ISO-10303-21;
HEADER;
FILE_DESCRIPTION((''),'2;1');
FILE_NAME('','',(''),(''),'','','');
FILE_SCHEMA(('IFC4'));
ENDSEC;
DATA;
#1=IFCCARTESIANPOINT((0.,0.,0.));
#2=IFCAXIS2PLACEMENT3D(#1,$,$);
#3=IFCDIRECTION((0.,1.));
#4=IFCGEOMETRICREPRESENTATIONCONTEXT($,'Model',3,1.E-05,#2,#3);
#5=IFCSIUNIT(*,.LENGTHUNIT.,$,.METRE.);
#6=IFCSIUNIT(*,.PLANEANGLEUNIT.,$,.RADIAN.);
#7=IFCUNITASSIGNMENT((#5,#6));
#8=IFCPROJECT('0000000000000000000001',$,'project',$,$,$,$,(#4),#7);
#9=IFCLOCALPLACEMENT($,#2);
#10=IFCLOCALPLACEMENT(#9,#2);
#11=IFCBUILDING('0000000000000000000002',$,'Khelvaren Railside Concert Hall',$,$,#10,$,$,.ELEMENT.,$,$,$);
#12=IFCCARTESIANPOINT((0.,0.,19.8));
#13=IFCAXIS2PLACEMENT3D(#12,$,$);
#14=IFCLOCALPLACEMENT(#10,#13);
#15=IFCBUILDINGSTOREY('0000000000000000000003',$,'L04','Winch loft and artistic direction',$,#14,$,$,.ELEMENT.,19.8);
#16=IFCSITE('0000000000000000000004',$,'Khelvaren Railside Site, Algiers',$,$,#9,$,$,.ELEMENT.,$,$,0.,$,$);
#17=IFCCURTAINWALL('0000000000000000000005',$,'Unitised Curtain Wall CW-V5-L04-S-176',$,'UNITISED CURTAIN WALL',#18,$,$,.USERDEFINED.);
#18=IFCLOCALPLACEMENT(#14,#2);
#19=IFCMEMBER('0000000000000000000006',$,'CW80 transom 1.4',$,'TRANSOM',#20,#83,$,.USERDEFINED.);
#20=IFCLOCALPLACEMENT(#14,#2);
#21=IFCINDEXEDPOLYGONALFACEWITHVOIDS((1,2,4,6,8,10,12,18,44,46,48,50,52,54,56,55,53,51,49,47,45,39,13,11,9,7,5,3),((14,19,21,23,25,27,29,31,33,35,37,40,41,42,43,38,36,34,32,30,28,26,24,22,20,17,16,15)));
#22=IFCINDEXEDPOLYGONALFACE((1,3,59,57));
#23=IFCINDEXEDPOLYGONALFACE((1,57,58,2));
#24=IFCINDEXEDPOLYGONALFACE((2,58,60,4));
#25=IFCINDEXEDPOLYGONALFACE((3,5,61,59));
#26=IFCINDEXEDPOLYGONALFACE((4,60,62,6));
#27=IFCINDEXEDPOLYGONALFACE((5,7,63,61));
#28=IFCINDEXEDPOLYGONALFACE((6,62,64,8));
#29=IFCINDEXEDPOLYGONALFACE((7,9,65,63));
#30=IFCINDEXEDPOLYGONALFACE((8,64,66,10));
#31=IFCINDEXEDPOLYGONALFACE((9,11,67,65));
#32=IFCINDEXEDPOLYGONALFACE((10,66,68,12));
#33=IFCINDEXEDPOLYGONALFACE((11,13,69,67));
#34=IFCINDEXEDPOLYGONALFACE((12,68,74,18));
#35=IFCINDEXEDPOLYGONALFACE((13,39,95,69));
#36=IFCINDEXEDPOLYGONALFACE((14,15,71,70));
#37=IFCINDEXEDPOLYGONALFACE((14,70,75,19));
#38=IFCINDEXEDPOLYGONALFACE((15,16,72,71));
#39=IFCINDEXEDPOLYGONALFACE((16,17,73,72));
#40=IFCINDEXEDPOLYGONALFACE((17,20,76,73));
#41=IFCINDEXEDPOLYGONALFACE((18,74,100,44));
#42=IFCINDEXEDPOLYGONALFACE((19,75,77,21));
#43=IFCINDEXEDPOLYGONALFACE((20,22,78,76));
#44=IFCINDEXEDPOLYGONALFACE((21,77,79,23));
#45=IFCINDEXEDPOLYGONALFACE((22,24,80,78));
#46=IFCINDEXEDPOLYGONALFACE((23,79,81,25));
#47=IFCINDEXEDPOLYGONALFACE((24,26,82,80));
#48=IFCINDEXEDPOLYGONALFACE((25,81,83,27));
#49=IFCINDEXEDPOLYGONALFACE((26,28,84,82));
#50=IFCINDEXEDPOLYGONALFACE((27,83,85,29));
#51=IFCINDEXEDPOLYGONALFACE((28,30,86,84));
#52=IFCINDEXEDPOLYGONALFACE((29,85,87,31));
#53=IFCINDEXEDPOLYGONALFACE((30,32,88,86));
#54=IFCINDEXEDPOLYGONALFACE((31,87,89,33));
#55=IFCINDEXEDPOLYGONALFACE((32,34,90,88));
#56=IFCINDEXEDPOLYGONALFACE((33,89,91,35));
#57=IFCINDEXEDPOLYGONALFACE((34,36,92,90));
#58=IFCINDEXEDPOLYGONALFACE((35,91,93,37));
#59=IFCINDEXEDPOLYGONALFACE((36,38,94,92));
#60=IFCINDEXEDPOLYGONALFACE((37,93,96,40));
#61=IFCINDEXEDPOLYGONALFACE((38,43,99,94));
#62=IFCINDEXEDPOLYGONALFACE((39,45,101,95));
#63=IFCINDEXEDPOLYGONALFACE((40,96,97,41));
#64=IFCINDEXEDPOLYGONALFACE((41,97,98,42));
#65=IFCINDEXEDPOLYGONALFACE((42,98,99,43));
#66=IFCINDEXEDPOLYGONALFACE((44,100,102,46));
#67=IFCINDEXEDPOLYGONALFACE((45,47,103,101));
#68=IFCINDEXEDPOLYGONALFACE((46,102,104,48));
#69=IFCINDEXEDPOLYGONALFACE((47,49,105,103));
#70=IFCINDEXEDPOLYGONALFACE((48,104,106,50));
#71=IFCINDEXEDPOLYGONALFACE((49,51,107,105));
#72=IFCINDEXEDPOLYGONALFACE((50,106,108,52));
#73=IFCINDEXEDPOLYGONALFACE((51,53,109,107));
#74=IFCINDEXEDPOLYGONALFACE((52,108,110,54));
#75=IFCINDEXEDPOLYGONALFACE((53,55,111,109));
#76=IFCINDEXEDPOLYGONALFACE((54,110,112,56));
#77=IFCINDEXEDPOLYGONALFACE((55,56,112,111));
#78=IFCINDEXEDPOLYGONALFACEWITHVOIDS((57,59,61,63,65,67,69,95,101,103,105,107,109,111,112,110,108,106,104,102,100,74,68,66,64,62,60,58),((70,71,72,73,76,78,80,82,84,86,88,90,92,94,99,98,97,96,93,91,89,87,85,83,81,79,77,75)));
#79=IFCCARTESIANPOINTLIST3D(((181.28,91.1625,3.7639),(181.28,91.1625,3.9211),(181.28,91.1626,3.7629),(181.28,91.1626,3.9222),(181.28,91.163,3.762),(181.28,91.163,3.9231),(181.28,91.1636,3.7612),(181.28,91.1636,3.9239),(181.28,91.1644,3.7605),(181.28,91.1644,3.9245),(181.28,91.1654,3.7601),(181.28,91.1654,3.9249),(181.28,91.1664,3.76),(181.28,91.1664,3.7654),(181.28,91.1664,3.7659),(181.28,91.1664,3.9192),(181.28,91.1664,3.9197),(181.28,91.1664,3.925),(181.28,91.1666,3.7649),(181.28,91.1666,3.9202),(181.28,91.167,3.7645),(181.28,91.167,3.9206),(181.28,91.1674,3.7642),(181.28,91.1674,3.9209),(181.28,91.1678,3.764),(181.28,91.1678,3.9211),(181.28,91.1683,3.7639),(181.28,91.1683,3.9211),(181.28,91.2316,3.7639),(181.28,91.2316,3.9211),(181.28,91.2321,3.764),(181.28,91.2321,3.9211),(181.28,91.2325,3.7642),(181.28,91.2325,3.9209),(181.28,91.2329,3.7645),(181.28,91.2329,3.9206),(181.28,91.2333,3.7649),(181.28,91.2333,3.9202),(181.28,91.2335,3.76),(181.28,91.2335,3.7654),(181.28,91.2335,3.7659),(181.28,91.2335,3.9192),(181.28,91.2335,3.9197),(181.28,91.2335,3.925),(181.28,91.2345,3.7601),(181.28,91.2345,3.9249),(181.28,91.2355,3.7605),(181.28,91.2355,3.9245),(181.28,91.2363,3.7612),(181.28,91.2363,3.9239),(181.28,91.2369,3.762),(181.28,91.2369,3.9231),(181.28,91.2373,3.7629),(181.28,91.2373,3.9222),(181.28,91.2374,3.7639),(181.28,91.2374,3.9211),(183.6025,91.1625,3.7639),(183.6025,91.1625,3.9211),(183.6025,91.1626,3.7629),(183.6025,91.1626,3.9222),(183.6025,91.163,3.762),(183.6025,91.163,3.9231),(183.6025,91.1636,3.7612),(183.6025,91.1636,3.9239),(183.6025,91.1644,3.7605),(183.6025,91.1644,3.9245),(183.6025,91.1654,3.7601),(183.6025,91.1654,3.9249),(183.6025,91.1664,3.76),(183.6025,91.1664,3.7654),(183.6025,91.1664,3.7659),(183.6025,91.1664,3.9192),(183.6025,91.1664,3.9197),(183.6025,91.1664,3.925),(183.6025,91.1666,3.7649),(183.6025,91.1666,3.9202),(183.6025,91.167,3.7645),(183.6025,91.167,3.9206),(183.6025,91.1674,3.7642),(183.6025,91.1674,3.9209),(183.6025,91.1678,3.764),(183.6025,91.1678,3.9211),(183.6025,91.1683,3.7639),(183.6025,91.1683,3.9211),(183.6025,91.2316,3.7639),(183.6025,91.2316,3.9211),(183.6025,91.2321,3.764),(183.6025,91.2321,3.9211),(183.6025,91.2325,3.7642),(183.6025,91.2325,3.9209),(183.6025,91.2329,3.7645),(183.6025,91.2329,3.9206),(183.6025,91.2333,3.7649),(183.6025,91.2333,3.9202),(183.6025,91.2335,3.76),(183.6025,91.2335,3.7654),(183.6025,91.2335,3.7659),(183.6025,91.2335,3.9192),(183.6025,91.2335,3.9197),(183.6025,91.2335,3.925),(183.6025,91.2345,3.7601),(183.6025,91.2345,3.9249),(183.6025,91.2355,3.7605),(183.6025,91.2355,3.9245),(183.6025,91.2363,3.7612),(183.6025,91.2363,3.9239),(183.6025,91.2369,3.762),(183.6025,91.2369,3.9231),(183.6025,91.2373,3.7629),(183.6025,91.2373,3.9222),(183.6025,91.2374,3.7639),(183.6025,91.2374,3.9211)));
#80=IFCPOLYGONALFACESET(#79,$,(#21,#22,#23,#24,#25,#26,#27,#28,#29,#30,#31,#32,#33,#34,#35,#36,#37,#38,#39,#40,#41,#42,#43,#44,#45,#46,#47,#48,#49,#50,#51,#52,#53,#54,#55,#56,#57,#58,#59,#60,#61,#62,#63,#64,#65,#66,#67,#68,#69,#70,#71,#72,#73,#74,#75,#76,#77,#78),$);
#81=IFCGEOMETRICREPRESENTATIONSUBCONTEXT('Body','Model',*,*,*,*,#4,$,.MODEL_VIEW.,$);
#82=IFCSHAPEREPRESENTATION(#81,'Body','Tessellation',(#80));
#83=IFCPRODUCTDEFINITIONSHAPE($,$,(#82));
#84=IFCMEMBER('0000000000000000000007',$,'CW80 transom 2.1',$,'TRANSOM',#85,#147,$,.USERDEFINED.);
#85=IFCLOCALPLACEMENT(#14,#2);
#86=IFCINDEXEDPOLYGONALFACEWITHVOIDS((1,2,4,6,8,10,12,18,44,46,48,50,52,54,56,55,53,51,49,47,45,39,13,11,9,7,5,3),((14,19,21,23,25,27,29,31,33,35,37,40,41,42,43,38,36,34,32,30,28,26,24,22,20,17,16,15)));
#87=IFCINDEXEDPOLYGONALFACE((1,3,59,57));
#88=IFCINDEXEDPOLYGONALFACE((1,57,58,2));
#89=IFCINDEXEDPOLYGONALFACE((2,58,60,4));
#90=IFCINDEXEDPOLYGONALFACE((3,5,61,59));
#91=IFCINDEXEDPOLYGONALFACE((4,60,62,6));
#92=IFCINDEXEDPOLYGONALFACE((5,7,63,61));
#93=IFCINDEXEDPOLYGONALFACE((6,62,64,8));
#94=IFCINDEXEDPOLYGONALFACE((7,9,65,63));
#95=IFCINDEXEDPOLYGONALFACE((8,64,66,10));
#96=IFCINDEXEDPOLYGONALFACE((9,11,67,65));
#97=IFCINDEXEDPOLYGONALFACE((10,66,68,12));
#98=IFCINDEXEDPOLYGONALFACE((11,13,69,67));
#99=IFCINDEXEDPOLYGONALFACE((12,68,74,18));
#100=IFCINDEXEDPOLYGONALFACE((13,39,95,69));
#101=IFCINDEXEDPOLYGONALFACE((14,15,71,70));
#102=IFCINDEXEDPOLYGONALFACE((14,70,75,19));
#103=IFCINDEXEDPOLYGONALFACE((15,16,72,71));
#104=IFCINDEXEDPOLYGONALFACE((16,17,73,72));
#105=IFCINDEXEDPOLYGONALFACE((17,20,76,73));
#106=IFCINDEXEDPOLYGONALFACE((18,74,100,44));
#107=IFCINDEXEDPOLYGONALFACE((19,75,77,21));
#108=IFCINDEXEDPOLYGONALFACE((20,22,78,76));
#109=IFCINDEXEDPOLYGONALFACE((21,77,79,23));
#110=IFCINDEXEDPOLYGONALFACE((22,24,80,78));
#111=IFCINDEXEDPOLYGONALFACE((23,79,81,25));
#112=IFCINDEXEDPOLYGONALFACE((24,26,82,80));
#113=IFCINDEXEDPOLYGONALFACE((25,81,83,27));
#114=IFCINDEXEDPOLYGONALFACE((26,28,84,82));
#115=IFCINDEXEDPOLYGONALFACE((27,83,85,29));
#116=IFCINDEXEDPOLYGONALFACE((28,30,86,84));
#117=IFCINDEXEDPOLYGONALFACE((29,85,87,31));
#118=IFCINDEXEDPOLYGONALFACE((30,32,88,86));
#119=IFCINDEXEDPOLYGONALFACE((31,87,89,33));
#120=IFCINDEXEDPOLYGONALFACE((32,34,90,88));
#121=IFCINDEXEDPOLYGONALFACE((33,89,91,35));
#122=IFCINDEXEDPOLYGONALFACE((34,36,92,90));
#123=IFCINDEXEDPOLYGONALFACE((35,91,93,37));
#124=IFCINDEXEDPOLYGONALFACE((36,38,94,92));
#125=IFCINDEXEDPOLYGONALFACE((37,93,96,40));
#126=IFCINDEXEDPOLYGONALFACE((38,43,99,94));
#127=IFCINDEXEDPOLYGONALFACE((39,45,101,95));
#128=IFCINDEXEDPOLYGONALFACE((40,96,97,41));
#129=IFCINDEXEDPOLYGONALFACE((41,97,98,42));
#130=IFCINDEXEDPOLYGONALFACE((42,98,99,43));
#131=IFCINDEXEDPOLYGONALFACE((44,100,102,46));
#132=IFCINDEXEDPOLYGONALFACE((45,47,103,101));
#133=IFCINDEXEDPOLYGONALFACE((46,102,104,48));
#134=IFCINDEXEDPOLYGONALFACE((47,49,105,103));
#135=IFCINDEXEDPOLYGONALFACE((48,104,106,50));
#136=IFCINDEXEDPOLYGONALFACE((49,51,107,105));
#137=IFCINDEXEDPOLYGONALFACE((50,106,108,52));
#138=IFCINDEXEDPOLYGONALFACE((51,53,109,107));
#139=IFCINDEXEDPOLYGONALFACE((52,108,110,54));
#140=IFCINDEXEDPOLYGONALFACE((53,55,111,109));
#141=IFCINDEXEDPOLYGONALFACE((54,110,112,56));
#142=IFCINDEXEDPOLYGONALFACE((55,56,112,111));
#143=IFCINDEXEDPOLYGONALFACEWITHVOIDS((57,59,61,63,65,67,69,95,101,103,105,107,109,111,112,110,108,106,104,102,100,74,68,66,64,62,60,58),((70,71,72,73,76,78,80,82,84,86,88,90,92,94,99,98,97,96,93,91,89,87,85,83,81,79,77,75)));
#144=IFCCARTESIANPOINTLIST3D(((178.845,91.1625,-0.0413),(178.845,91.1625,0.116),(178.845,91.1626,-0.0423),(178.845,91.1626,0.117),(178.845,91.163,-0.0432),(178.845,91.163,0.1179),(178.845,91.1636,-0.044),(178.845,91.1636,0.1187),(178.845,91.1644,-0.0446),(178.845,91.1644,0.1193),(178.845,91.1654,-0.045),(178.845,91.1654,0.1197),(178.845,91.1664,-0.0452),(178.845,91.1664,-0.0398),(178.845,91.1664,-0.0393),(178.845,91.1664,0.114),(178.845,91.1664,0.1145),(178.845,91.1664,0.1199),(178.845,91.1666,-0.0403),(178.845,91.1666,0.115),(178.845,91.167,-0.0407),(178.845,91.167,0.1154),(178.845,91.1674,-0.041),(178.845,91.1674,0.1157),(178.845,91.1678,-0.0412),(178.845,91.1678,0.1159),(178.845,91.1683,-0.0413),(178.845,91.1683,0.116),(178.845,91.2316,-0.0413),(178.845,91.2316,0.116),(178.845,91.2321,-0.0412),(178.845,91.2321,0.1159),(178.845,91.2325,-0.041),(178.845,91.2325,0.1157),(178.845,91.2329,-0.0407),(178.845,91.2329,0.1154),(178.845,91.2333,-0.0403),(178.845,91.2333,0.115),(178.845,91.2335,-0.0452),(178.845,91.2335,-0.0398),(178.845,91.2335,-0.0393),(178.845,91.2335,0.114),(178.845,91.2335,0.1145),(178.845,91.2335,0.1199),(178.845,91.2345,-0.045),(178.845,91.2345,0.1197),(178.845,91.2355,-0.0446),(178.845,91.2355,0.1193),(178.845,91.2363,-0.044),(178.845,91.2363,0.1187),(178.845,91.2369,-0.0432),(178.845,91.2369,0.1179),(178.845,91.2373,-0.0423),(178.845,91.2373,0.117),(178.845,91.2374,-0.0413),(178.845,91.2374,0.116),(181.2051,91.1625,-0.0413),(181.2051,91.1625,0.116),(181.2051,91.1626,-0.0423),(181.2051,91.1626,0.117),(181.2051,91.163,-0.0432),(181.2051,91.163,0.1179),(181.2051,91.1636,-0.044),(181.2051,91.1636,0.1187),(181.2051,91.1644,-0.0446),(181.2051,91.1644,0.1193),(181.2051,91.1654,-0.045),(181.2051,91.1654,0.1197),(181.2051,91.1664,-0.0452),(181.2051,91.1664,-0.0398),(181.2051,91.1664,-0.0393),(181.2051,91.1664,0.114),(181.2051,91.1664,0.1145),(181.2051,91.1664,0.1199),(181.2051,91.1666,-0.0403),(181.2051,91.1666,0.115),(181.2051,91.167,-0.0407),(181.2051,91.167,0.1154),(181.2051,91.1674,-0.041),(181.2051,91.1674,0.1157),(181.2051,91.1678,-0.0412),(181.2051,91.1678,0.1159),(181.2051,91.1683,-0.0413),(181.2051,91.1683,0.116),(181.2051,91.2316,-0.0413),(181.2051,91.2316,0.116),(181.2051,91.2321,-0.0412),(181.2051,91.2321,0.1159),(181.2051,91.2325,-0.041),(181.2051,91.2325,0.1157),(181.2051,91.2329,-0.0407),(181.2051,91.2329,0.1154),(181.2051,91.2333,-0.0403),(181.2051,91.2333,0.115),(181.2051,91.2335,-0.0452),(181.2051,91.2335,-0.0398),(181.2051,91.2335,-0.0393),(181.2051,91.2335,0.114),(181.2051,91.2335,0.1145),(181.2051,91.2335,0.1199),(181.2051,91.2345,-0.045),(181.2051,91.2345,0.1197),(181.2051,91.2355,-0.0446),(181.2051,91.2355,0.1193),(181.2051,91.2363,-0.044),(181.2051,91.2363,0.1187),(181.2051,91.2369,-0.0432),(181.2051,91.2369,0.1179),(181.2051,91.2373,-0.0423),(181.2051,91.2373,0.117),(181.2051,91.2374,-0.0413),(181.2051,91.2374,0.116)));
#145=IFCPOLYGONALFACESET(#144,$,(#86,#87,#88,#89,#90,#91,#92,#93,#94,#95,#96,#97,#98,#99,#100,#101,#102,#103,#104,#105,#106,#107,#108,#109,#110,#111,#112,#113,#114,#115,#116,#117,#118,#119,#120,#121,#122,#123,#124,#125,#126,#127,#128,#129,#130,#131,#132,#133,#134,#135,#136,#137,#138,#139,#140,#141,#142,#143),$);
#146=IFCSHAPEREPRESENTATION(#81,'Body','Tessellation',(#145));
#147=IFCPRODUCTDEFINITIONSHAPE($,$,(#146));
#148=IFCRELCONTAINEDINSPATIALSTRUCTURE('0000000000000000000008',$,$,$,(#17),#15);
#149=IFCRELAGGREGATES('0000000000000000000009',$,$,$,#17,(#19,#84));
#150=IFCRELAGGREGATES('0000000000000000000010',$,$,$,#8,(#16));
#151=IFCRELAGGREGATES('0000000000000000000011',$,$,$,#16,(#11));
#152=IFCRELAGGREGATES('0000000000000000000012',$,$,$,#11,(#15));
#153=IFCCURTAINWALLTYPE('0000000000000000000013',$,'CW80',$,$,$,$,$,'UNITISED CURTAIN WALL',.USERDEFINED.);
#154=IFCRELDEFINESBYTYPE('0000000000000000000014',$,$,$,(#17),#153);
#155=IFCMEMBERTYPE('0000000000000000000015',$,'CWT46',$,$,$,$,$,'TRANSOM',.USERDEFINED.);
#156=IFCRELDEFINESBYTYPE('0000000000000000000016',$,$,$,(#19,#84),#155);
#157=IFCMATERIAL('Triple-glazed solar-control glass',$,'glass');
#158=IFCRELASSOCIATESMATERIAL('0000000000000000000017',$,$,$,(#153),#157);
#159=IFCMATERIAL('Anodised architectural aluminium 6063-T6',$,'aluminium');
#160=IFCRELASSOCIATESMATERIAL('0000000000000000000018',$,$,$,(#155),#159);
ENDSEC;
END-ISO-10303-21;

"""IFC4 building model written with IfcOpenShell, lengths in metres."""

from ifc_helpers import new_model, si_unit, direction, frame, origin, origin_2d, place, context, subcontext, project, spatial, hollow_rectangle, extrude, material, material_profile, profile_set, type_object, element, aggregate, save


model = new_model("IFC4")

# Units and contexts
model_context = context("Model", 3, precision=1e-05, world=origin(), true_north=direction((0.0, 1.0)))
body_context = subcontext(model_context, "Body", "Model", "MODEL_VIEW")
ifc_project = project(units=[si_unit("LENGTHUNIT", "METRE"), si_unit("PLANEANGLEUNIT", "RADIAN")], contexts=[model_context])

# Site, building, storey
site_placement = place(None, origin())
site = spatial("IfcSite", under=ifc_project, at=site_placement, Name="Khelvaren Railside Site, Algiers", CompositionType="ELEMENT", RefElevation=0.0)
building_placement = place(site_placement, origin())
building = spatial("IfcBuilding", under=site, at=building_placement, Name="Khelvaren Railside Concert Hall", CompositionType="ELEMENT")
storey_placement = place(building_placement, frame((0.0, 0.0, 19.8)))
storey = spatial("IfcBuildingStorey", under=building, at=storey_placement, Name="L04", Description="Winch loft and artistic direction", CompositionType="ELEMENT", Elevation=19.8)

# Curtain wall
ifc_material_1 = material(Name="Triple-glazed solar-control glass", Category="glass")
curtain_wall_type_1 = type_object("IfcCurtainWallType", Name="CW80", ElementType="UNITISED CURTAIN WALL", PredefinedType="USERDEFINED", material=ifc_material_1)
curtain_wall_1_placement = place(storey_placement, origin())
curtain_wall_1 = element("IfcCurtainWall", 1, at=curtain_wall_1_placement, inside=storey, type_object=curtain_wall_type_1, Name="Unitised Curtain Wall CW-V5-L04-S-176", ObjectType="UNITISED CURTAIN WALL", PredefinedType="USERDEFINED")
ifc_material_2 = material(Name="Anodised architectural aluminium 6063-T6", Category="aluminium")

# Members
ifc_material_profile_1 = material_profile(ifc_material_2, hollow_rectangle(XDim=0.075, YDim=0.165, WallThickness=0.0039, InnerFilletRadius=0.002, OuterFilletRadius=0.0039, at=origin_2d()), Name="CWT 75x165x4")
ifc_profile_set_1 = profile_set([ifc_material_profile_1], Name="Anodised architectural aluminium 6063-T6")
member_type_1 = type_object("IfcMemberType", Name="CWT46", ElementType="TRANSOM", PredefinedType="USERDEFINED", material=ifc_profile_set_1)
member_1_placement = place(storey_placement, frame((183.6025, 91.2, 3.8425), z_axis=(-1.0, 0.0, 0.0), x_axis=(0.0, -1.0, 0.0)))
member_1 = element("IfcMember", 2, at=member_1_placement, type_object=member_type_1, Name="CW80 transom 1.4", ObjectType="TRANSOM", PredefinedType="USERDEFINED", context=body_context, shape_type="SweptSolid", body=[
    extrude(hollow_rectangle(XDim=0.075, YDim=0.165, WallThickness=0.0039, InnerFilletRadius=0.002, OuterFilletRadius=0.0039, at=origin_2d()), origin(), (0.0, 0.0, 1.0), 2.3225),
])
member_2_placement = place(storey_placement, frame((181.2051, 91.2, 0.0374), z_axis=(-1.0, 0.0, 0.0), x_axis=(0.0, -1.0, 0.0)))
member_2 = element("IfcMember", 3, at=member_2_placement, type_object=member_type_1, Name="CW80 transom 2.1", ObjectType="TRANSOM", PredefinedType="USERDEFINED", context=body_context, shape_type="SweptSolid", body=[
    extrude(hollow_rectangle(XDim=0.075, YDim=0.165, WallThickness=0.0039, InnerFilletRadius=0.002, OuterFilletRadius=0.0039, at=origin_2d()), origin(), (0.0, 0.0, 1.0), 2.3601),
])

aggregate(curtain_wall_1, [member_1, member_2])

save(model, "model.ifc")
